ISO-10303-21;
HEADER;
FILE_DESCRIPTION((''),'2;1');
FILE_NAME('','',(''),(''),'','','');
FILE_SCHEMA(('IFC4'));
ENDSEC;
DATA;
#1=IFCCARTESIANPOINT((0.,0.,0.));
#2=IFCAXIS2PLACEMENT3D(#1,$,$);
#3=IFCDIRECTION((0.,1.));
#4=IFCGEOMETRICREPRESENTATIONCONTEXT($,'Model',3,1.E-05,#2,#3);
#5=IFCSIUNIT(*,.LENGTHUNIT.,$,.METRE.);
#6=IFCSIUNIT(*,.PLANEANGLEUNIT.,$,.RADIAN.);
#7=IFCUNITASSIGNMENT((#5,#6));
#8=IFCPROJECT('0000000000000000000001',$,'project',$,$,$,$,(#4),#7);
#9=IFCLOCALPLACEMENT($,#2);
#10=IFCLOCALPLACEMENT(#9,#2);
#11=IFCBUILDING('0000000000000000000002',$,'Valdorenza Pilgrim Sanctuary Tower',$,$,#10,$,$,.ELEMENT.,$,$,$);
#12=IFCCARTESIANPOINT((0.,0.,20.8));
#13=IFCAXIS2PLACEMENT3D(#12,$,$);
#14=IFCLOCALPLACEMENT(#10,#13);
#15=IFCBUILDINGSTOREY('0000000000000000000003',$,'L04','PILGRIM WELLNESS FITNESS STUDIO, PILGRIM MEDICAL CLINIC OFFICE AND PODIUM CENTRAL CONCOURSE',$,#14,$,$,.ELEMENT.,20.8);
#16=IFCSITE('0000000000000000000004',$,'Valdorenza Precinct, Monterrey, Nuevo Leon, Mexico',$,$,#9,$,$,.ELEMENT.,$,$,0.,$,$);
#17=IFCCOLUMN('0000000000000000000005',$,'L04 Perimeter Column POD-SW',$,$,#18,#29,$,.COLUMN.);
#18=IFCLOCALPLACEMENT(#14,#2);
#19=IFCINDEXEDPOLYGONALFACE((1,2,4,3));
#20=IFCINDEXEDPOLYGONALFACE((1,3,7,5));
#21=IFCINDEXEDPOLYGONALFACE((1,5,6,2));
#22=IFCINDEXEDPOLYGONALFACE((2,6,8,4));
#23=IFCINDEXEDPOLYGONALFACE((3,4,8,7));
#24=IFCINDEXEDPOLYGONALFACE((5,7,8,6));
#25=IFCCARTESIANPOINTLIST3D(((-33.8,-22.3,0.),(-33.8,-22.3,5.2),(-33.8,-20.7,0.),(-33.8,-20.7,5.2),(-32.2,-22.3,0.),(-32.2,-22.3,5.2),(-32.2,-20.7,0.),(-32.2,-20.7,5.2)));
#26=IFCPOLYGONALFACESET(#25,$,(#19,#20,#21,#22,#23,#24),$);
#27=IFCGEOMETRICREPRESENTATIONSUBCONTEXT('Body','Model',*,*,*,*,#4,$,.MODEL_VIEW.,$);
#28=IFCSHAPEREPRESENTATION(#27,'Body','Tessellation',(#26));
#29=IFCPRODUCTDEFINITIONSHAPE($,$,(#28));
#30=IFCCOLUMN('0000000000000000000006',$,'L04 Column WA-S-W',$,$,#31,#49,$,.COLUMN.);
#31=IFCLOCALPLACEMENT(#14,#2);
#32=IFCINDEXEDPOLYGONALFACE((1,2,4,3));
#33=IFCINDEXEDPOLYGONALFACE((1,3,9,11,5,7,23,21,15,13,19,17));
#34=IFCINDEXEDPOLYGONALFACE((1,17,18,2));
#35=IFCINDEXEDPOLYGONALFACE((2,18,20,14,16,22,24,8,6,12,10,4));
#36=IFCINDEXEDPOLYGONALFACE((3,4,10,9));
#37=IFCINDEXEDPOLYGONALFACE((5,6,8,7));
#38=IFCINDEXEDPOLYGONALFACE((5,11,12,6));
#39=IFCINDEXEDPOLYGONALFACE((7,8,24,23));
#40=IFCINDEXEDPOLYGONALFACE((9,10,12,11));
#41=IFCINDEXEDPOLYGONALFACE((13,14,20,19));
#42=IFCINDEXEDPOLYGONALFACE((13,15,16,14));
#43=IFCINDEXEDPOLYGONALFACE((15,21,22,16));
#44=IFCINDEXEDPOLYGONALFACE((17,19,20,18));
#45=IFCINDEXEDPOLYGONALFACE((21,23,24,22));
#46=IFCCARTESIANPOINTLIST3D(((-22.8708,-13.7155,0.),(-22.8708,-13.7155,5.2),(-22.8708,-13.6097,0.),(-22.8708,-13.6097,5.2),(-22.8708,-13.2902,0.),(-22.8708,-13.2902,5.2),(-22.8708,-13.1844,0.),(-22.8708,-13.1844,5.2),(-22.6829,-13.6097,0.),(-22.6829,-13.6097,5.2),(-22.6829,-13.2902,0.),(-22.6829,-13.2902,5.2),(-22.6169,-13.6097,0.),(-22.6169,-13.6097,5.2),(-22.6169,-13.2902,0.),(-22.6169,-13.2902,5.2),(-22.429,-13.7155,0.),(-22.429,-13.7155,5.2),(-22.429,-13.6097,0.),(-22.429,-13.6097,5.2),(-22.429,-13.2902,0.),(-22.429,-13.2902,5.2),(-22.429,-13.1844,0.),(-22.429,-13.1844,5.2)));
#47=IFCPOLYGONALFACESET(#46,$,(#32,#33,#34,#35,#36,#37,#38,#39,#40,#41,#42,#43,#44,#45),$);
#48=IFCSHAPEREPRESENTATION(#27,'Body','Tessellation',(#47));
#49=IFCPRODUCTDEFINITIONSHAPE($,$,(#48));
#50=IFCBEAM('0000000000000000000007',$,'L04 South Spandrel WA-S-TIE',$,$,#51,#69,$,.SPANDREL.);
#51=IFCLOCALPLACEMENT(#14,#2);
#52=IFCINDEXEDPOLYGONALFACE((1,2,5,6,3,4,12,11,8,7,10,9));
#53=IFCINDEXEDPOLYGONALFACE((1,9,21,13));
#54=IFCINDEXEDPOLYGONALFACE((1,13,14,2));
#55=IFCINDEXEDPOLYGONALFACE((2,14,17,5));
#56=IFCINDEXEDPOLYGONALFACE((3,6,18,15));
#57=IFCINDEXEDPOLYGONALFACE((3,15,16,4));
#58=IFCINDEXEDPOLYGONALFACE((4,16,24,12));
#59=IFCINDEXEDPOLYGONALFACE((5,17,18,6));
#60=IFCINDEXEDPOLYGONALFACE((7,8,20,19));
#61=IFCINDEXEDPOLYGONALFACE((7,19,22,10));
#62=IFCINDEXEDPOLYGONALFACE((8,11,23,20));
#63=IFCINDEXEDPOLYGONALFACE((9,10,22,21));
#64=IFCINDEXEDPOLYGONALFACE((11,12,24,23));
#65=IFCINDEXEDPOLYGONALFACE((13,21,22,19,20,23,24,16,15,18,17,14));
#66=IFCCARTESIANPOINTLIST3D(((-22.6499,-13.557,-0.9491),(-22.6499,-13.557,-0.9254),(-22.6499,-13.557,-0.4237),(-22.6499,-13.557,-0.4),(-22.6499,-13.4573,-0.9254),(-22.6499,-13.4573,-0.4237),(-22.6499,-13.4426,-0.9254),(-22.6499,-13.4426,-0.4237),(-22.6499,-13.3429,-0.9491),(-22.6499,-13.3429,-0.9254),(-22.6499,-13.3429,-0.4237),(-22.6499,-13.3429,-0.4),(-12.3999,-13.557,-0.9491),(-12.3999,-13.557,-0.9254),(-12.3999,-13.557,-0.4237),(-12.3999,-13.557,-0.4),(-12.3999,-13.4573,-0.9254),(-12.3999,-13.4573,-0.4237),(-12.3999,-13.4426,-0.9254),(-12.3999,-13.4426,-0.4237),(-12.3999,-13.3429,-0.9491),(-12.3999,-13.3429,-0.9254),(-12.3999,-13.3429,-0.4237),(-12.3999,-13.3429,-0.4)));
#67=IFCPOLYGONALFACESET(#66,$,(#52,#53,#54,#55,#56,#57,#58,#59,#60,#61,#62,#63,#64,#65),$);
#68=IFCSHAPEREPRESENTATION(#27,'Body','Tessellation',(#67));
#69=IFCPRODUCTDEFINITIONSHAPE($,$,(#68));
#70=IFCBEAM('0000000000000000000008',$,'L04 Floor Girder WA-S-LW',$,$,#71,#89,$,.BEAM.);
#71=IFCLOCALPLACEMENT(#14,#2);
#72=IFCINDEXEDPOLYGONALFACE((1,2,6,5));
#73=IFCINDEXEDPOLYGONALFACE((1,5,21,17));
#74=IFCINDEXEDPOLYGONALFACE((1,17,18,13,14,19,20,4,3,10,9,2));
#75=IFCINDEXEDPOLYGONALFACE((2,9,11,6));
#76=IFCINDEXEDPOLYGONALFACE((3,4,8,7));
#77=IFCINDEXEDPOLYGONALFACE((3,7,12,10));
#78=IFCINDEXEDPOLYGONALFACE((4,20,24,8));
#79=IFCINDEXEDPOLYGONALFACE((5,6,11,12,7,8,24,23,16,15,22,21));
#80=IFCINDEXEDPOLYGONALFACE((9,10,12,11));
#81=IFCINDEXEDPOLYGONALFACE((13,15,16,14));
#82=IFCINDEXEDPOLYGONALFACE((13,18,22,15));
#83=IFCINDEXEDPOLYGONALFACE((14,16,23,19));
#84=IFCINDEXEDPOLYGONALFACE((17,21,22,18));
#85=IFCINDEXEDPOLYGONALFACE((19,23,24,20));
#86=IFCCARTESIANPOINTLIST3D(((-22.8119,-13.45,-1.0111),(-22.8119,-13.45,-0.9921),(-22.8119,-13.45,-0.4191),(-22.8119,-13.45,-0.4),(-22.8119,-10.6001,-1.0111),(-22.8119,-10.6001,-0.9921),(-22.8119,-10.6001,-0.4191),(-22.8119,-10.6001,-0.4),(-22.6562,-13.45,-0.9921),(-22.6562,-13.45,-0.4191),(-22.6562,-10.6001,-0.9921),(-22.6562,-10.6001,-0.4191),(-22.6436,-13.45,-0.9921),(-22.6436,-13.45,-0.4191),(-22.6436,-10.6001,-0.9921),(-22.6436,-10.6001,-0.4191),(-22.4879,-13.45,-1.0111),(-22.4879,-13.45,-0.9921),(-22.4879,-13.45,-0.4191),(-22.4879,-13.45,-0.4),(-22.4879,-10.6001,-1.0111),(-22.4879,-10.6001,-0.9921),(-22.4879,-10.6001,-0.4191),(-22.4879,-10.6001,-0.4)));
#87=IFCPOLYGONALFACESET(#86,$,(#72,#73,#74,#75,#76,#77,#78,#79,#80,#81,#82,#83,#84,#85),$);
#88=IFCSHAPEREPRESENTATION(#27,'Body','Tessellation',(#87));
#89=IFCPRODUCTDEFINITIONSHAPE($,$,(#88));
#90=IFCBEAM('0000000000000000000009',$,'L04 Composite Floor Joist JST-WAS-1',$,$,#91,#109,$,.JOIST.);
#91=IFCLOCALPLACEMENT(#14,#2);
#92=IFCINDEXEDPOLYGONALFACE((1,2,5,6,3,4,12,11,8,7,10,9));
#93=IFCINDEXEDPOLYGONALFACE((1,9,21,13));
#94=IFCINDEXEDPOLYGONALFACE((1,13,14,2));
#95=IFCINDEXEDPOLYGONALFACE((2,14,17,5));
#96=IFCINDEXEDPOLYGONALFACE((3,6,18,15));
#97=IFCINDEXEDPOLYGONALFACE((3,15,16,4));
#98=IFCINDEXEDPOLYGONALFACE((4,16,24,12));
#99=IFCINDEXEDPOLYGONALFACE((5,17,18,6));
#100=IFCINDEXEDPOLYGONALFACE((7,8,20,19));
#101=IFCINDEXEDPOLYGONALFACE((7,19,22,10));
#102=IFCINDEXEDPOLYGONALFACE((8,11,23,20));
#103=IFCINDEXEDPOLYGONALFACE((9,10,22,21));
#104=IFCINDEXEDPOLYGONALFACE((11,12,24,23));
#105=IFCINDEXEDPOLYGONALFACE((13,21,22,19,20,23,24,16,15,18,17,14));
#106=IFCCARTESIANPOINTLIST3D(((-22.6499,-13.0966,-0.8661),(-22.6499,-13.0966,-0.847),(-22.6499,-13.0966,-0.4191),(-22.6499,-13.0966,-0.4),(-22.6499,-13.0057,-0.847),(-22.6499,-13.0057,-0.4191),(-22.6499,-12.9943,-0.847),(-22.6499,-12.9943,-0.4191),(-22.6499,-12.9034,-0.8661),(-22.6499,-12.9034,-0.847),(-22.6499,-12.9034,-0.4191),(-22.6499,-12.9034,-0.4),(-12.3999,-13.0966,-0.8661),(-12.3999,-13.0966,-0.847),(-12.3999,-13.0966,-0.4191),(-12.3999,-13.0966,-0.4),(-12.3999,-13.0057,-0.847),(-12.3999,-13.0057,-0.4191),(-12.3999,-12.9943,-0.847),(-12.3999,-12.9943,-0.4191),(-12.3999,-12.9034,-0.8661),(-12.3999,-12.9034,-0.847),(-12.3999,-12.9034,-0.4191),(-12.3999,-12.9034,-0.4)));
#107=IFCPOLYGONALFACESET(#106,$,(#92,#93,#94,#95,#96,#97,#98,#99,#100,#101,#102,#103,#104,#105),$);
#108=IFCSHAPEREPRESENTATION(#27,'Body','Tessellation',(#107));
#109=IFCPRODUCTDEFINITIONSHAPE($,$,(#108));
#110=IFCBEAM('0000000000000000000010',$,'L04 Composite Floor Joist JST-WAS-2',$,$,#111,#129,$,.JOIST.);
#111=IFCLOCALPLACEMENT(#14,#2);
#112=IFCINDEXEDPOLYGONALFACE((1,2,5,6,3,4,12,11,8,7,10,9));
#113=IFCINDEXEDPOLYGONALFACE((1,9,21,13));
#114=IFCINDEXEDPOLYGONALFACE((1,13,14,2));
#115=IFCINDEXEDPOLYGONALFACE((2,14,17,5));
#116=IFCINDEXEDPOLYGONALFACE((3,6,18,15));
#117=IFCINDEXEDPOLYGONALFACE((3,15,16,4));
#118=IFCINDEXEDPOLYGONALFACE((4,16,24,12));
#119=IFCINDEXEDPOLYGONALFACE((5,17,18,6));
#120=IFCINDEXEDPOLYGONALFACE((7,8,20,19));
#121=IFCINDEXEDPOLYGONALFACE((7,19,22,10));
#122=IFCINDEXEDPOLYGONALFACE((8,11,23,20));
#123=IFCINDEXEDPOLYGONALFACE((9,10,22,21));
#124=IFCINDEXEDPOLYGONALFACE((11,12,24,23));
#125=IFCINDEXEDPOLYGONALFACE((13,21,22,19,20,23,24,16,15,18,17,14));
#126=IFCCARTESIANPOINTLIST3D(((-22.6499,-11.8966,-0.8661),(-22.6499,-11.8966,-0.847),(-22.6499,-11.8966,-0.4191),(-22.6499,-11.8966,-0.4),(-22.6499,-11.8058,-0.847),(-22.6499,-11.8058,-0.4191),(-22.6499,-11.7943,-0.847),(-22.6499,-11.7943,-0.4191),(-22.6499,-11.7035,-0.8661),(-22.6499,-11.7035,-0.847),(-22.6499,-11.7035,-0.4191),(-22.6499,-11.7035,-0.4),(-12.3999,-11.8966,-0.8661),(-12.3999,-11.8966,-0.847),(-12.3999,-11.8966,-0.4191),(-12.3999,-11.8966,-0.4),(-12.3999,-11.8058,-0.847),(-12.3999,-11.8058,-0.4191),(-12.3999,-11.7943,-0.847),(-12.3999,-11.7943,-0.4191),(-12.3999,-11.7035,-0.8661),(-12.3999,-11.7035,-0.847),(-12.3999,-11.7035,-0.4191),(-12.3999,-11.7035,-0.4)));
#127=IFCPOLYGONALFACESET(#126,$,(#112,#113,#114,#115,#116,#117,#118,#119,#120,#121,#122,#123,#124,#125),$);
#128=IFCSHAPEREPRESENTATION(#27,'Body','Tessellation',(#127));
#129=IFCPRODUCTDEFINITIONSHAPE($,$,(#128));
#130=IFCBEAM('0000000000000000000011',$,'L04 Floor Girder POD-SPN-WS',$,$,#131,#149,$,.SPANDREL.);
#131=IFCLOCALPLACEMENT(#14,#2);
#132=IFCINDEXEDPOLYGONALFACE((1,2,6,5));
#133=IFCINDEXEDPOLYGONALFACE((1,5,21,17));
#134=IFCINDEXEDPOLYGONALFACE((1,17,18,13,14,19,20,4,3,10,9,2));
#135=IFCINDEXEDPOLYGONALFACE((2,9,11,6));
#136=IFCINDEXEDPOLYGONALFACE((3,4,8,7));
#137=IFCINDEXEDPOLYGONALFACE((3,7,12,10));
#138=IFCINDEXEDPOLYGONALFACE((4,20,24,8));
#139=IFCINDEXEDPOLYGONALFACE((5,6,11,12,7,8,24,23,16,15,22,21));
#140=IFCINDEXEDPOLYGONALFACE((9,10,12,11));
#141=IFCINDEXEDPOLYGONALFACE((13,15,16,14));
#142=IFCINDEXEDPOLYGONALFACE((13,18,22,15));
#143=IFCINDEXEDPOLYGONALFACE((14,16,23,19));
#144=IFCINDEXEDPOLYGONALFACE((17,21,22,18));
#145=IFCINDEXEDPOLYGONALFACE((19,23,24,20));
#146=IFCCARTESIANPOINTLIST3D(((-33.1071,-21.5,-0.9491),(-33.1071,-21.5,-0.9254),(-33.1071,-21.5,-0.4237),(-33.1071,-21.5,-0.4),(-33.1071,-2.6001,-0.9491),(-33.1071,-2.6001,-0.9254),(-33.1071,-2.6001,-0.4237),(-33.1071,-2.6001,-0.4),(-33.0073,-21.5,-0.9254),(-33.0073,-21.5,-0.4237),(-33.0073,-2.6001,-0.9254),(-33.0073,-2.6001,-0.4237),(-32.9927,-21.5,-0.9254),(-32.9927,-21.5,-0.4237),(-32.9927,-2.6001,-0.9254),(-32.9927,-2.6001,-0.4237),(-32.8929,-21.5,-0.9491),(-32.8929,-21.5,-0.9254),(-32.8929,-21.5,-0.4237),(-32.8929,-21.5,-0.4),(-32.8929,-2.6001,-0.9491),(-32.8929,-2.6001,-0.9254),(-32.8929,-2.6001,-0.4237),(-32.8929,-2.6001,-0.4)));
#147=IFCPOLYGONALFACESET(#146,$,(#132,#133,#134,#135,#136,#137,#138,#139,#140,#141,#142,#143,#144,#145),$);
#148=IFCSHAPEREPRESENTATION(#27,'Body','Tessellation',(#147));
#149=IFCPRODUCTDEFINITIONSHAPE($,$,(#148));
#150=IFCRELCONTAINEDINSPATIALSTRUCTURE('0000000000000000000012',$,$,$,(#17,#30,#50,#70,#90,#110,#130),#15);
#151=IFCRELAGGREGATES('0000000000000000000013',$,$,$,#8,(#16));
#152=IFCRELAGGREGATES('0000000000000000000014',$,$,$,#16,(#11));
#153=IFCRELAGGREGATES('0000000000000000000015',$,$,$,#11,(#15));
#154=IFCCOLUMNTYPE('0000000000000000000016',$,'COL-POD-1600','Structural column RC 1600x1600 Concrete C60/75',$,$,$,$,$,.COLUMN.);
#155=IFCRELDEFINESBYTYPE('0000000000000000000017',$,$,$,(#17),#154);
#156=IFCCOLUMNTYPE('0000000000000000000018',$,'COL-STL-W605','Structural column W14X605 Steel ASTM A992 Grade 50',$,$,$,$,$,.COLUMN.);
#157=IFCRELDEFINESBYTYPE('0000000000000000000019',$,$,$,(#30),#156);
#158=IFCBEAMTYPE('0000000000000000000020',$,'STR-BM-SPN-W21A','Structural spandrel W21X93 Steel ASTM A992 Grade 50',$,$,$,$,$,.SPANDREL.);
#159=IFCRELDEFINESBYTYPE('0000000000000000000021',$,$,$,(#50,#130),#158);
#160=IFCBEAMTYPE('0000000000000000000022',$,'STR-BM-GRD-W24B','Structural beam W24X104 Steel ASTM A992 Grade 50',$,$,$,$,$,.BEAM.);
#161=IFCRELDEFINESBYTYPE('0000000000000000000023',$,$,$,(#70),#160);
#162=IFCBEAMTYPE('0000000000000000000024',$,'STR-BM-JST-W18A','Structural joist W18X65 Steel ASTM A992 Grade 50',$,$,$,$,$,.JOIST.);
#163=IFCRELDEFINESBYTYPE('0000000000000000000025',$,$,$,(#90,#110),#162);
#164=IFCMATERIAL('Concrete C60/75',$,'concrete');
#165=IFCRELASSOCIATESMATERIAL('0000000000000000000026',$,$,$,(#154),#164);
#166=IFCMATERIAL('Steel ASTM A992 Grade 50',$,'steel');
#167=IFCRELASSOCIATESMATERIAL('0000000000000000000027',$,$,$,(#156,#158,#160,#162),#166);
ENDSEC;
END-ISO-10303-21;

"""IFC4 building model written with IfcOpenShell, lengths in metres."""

from ifc_helpers import new_model, si_unit, direction, frame, origin, origin_2d, place, context, subcontext, project, spatial, rectangle, i_section, extrude, source, transform, mapped, material, material_profile, profile_set, type_object, element, save


model = new_model("IFC4")

# Units and contexts
model_context = context("Model", 3, precision=1e-05, world=origin(), true_north=direction((0.0, 1.0)))
body_context = subcontext(model_context, "Body", "Model", "MODEL_VIEW")
ifc_project = project(units=[si_unit("LENGTHUNIT", "METRE"), si_unit("PLANEANGLEUNIT", "RADIAN")], contexts=[model_context])

# Site, building, storey
site_placement = place(None, origin())
site = spatial("IfcSite", under=ifc_project, at=site_placement, Name="Valdorenza Precinct, Monterrey, Nuevo Leon, Mexico", CompositionType="ELEMENT", RefElevation=0.0)
building_placement = place(site_placement, origin())
building = spatial("IfcBuilding", under=site, at=building_placement, Name="Valdorenza Pilgrim Sanctuary Tower", CompositionType="ELEMENT")
storey_placement = place(building_placement, frame((0.0, 0.0, 20.8)))
storey = spatial("IfcBuildingStorey", under=building, at=storey_placement, Name="L04", Description="PILGRIM WELLNESS FITNESS STUDIO, PILGRIM MEDICAL CLINIC OFFICE AND PODIUM CENTRAL CONCOURSE", CompositionType="ELEMENT", Elevation=20.8)

# Columns
ifc_material_1 = material(Name="Concrete C60/75", Category="concrete")
ifc_material_profile_1 = material_profile(ifc_material_1, rectangle(XDim=1.6001, YDim=1.6001, at=origin_2d()), Name="RC 1600x1600")
ifc_profile_set_1 = profile_set([ifc_material_profile_1], Name="Concrete C60/75")
column_type_1 = type_object("IfcColumnType", Name="COL-POD-1600", Description="Structural column RC 1600x1600 Concrete C60/75", PredefinedType="COLUMN", material=ifc_profile_set_1)
shared_shape_1 = source(origin(), body_context, "Body", "SweptSolid", [
    extrude(rectangle(XDim=1.6001, YDim=1.6001, at=origin_2d()), origin(), (0.0, 0.0, 1.0), 5.2),
])
column_1_placement = place(storey_placement, frame((-33.0, -21.5, 0.0), z_axis=(0.0, 0.0, 1.0), x_axis=(1.0, 0.0, 0.0)))
element("IfcColumn", 1, at=column_1_placement, inside=storey, type_object=column_type_1, Name="L04 Perimeter Column POD-SW", PredefinedType="COLUMN", context=body_context, shape_type="MappedRepresentation", body=[
    mapped(shared_shape_1, transform((0.0, 0.0, 0.0), x_axis=(1.0, 0.0, 0.0), y_axis=(0.0, 1.0, 0.0), z_axis=(0.0, 0.0, 1.0), scale=1.0)),
])
ifc_material_2 = material(Name="Steel ASTM A992 Grade 50", Category="steel")
ifc_material_profile_2 = material_profile(ifc_material_2, i_section(OverallWidth=0.4419, OverallDepth=0.531, WebThickness=0.0659, FlangeThickness=0.1057, at=origin_2d()), Name="W14X605")
ifc_profile_set_2 = profile_set([ifc_material_profile_2], Name="Steel ASTM A992 Grade 50")
column_type_2 = type_object("IfcColumnType", Name="COL-STL-W605", Description="Structural column W14X605 Steel ASTM A992 Grade 50", PredefinedType="COLUMN", material=ifc_profile_set_2)
shared_shape_2 = source(origin(), body_context, "Body", "SweptSolid", [
    extrude(i_section(OverallWidth=0.4419, OverallDepth=0.531, WebThickness=0.0659, FlangeThickness=0.1057, at=origin_2d()), origin(), (0.0, 0.0, 1.0), 5.2),
])
column_2_placement = place(storey_placement, frame((-22.6499, -13.45, 0.0), z_axis=(0.0, 0.0, 1.0), x_axis=(1.0, 0.0, 0.0)))
element("IfcColumn", 2, at=column_2_placement, inside=storey, type_object=column_type_2, Name="L04 Column WA-S-W", PredefinedType="COLUMN", context=body_context, shape_type="MappedRepresentation", body=[
    mapped(shared_shape_2, transform((0.0, 0.0, 0.0), x_axis=(1.0, 0.0, 0.0), y_axis=(0.0, 1.0, 0.0), z_axis=(0.0, 0.0, 1.0), scale=1.0)),
])

# Beams
ifc_material_profile_3 = material_profile(ifc_material_2, i_section(OverallWidth=0.2141, OverallDepth=0.5491, WebThickness=0.0146, FlangeThickness=0.0237, at=origin_2d()), Name="W21X93")
ifc_profile_set_3 = profile_set([ifc_material_profile_3], Name="Steel ASTM A992 Grade 50")
beam_type_1 = type_object("IfcBeamType", Name="STR-BM-SPN-W21A", Description="Structural spandrel W21X93 Steel ASTM A992 Grade 50", PredefinedType="SPANDREL", material=ifc_profile_set_3)
shared_shape_3 = source(origin(), body_context, "Body", "SweptSolid", [
    extrude(i_section(OverallWidth=0.2141, OverallDepth=0.5491, WebThickness=0.0146, FlangeThickness=0.0237, at=origin_2d()), origin(), (0.0, 0.0, 1.0), 10.25),
])
beam_1_placement = place(storey_placement, frame((-22.6499, -13.45, -0.6746), z_axis=(1.0, 0.0, 0.0), x_axis=(0.0, 1.0, 0.0)))
element("IfcBeam", 3, at=beam_1_placement, inside=storey, type_object=beam_type_1, Name="L04 South Spandrel WA-S-TIE", PredefinedType="SPANDREL", context=body_context, shape_type="MappedRepresentation", body=[
    mapped(shared_shape_3, transform((0.0, 0.0, 0.0), x_axis=(1.0, 0.0, 0.0), y_axis=(0.0, 1.0, 0.0), z_axis=(0.0, 0.0, 1.0), scale=1.0)),
])
ifc_material_profile_4 = material_profile(ifc_material_2, i_section(OverallWidth=0.324, OverallDepth=0.6111, WebThickness=0.0127, FlangeThickness=0.019, at=origin_2d()), Name="W24X104")
ifc_profile_set_4 = profile_set([ifc_material_profile_4], Name="Steel ASTM A992 Grade 50")
beam_type_2 = type_object("IfcBeamType", Name="STR-BM-GRD-W24B", Description="Structural beam W24X104 Steel ASTM A992 Grade 50", PredefinedType="BEAM", material=ifc_profile_set_4)
shared_shape_4 = source(origin(), body_context, "Body", "SweptSolid", [
    extrude(i_section(OverallWidth=0.324, OverallDepth=0.6111, WebThickness=0.0127, FlangeThickness=0.019, at=origin_2d()), origin(), (0.0, 0.0, 1.0), 2.8499),
])
beam_2_placement = place(storey_placement, frame((-22.6499, -13.45, -0.7056), z_axis=(0.0, 1.0, 0.0), x_axis=(-1.0, 0.0, 0.0)))
element("IfcBeam", 4, at=beam_2_placement, inside=storey, type_object=beam_type_2, Name="L04 Floor Girder WA-S-LW", PredefinedType="BEAM", context=body_context, shape_type="MappedRepresentation", body=[
    mapped(shared_shape_4, transform((0.0, 0.0, 0.0), x_axis=(1.0, 0.0, 0.0), y_axis=(0.0, 1.0, 0.0), z_axis=(0.0, 0.0, 1.0), scale=1.0)),
])
ifc_material_profile_5 = material_profile(ifc_material_2, i_section(OverallWidth=0.1931, OverallDepth=0.4661, WebThickness=0.0115, FlangeThickness=0.019, at=origin_2d()), Name="W18X65")
ifc_profile_set_5 = profile_set([ifc_material_profile_5], Name="Steel ASTM A992 Grade 50")
beam_type_3 = type_object("IfcBeamType", Name="STR-BM-JST-W18A", Description="Structural joist W18X65 Steel ASTM A992 Grade 50", PredefinedType="JOIST", material=ifc_profile_set_5)
shared_shape_5 = source(origin(), body_context, "Body", "SweptSolid", [
    extrude(i_section(OverallWidth=0.1931, OverallDepth=0.4661, WebThickness=0.0115, FlangeThickness=0.019, at=origin_2d()), origin(), (0.0, 0.0, 1.0), 10.25),
])
for number, where, z_axis, x_axis, name in (
    (5, (-22.6499, -13.0, -0.6331), (1.0, 0.0, 0.0), (0.0, 1.0, 0.0), "L04 Composite Floor Joist JST-WAS-1"),
    (6, (-22.6499, -11.8, -0.6331), (1.0, 0.0, 0.0), (0.0, 1.0, 0.0), "L04 Composite Floor Joist JST-WAS-2"),
):
    element("IfcBeam", number, at=place(storey_placement, frame(where, z_axis=z_axis, x_axis=x_axis)), inside=storey, type_object=beam_type_3, Name=name, PredefinedType="JOIST", context=body_context, shape_type="MappedRepresentation", body=[
        mapped(shared_shape_5, transform((0.0, 0.0, 0.0), x_axis=(1.0, 0.0, 0.0), y_axis=(0.0, 1.0, 0.0), z_axis=(0.0, 0.0, 1.0), scale=1.0)),
    ])
shared_shape_6 = source(origin(), body_context, "Body", "SweptSolid", [
    extrude(i_section(OverallWidth=0.2141, OverallDepth=0.5491, WebThickness=0.0146, FlangeThickness=0.0237, at=origin_2d()), origin(), (0.0, 0.0, 1.0), 18.8999),
])
beam_3_placement = place(storey_placement, frame((-33.0, -21.5, -0.6746), z_axis=(0.0, 1.0, 0.0), x_axis=(-1.0, 0.0, 0.0)))
element("IfcBeam", 7, at=beam_3_placement, inside=storey, type_object=beam_type_1, Name="L04 Floor Girder POD-SPN-WS", PredefinedType="SPANDREL", context=body_context, shape_type="MappedRepresentation", body=[
    mapped(shared_shape_6, transform((0.0, 0.0, 0.0), x_axis=(1.0, 0.0, 0.0), y_axis=(0.0, 1.0, 0.0), z_axis=(0.0, 0.0, 1.0), scale=1.0)),
])

save(model, "model.ifc")
